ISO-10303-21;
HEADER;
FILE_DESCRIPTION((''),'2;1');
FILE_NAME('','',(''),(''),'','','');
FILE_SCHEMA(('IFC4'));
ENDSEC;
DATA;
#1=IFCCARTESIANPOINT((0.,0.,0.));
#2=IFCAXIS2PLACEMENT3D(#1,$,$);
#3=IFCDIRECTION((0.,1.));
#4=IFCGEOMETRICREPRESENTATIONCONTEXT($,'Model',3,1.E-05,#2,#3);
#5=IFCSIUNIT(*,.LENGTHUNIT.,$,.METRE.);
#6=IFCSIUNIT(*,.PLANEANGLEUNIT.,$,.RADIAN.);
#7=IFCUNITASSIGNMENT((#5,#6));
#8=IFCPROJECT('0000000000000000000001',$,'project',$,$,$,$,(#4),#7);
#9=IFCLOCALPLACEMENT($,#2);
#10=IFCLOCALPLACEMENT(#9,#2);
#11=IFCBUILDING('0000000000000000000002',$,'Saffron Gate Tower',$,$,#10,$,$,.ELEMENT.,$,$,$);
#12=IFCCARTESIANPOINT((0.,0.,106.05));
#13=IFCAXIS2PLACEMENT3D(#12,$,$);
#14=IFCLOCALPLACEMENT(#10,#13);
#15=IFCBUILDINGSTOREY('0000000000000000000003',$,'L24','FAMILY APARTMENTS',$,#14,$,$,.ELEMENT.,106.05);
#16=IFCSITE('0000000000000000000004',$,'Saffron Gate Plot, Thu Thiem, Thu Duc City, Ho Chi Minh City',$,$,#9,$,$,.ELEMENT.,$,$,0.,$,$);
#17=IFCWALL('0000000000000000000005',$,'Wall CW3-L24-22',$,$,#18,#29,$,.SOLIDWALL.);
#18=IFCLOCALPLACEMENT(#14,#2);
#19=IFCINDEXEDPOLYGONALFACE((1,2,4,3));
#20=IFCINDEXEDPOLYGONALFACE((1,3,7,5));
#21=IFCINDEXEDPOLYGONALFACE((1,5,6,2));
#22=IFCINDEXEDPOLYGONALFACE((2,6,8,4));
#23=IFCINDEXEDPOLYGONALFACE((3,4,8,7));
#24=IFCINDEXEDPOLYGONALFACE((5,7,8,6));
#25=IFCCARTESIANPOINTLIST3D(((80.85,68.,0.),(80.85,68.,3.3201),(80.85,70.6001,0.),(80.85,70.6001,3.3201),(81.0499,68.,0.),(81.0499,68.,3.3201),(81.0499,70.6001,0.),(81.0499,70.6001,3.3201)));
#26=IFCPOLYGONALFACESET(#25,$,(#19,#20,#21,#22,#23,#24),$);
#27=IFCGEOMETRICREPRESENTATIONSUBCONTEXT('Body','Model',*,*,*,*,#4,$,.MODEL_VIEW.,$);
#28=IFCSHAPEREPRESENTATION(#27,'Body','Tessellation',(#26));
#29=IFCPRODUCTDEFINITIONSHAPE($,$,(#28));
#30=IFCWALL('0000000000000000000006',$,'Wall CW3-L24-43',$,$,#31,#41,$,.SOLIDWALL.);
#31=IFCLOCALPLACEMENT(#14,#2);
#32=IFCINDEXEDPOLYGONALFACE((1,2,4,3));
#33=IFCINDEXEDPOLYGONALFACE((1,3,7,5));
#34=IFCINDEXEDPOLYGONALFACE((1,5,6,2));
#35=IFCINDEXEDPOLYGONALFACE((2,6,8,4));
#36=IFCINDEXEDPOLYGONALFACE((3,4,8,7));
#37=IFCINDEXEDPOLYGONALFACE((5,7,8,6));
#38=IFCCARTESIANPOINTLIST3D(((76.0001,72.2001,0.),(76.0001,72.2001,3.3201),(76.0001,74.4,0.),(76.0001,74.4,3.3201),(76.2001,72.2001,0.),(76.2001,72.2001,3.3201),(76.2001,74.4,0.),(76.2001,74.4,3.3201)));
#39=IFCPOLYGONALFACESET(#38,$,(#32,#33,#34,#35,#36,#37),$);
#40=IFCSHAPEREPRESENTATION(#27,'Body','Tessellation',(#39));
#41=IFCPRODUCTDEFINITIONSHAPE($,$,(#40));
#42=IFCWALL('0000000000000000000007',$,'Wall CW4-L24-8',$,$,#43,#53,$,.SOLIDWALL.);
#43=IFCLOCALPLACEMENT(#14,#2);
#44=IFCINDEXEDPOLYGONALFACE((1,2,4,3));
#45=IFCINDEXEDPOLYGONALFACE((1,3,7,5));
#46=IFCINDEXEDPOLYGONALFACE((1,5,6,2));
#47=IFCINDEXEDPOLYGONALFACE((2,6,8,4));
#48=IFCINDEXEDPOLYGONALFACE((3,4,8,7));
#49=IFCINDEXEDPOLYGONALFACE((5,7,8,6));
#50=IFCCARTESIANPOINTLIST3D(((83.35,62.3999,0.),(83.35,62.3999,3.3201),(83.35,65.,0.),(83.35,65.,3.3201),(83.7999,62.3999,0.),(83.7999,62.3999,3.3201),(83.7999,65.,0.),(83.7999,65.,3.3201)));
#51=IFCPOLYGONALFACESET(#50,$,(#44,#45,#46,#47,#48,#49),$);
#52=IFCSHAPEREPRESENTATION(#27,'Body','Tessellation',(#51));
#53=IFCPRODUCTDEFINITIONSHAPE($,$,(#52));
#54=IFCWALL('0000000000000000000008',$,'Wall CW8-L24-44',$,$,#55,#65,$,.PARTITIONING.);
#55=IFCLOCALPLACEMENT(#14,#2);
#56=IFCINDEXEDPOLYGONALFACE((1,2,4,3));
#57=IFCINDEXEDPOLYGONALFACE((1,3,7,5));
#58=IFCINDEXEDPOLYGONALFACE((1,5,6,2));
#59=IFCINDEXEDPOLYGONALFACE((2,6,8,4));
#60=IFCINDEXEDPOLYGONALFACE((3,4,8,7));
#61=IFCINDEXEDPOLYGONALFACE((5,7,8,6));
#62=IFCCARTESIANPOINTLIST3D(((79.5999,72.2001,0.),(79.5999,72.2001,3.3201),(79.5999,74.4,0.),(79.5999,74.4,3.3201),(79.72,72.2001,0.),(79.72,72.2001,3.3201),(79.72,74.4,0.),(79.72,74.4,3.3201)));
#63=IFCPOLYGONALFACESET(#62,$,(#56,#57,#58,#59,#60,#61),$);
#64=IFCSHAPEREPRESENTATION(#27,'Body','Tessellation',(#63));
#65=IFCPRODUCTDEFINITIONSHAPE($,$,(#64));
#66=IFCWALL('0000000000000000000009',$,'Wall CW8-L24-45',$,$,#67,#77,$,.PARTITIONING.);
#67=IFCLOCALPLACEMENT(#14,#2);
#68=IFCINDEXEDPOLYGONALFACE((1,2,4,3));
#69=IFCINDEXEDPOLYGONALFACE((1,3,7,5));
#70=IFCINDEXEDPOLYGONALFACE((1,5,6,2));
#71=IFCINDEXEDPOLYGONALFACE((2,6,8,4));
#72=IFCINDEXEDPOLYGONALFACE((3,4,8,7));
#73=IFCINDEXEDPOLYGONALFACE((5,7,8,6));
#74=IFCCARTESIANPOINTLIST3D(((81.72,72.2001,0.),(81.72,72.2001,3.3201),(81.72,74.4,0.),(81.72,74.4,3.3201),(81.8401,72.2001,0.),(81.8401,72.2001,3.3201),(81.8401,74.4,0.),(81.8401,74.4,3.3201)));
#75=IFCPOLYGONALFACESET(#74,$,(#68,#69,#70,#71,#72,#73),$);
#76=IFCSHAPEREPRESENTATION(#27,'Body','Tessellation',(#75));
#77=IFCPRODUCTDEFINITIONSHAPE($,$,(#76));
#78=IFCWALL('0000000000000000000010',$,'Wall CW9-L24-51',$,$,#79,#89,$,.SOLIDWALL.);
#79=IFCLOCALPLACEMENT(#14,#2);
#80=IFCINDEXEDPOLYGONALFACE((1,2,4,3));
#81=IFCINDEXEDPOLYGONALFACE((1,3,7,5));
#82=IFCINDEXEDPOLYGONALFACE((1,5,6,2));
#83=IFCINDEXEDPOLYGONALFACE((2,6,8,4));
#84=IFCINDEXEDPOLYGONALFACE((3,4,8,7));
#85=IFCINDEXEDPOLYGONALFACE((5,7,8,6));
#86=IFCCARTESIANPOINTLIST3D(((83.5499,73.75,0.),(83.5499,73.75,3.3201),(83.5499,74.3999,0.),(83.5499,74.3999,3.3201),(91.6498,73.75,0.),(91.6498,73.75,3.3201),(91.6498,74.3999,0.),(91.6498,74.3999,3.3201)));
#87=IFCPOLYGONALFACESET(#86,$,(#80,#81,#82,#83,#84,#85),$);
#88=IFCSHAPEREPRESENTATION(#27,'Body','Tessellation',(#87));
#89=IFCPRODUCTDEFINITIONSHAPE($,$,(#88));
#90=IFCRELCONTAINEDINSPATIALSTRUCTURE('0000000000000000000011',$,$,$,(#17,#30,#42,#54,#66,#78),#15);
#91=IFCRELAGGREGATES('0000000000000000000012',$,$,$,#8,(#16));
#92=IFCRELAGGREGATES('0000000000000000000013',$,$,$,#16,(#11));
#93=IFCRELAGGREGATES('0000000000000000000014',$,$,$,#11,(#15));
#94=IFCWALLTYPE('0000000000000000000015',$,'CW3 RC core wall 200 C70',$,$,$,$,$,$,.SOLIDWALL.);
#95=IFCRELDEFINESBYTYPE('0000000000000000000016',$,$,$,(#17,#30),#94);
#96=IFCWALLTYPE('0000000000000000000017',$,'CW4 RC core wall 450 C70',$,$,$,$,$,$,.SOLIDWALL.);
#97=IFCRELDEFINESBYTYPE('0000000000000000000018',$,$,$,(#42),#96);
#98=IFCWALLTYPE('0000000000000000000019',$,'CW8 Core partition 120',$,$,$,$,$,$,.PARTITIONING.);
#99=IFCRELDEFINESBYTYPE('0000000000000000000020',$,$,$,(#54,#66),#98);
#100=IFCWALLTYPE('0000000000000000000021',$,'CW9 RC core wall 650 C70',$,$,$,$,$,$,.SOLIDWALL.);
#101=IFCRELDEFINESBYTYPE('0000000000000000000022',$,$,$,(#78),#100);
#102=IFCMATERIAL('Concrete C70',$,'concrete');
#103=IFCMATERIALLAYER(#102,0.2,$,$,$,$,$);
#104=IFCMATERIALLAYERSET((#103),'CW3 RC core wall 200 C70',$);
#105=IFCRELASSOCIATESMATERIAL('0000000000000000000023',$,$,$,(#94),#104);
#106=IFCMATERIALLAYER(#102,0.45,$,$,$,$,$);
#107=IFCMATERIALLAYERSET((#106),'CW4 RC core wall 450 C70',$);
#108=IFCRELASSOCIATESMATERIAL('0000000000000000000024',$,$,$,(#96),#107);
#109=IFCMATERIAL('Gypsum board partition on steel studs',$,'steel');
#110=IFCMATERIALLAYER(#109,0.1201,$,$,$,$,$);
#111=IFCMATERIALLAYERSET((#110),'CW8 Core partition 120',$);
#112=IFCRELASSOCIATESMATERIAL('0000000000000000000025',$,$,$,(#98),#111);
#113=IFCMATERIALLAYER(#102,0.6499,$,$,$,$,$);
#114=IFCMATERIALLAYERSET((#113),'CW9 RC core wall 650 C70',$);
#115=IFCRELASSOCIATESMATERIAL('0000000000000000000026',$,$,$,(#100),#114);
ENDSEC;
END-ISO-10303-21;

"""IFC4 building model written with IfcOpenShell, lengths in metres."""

from ifc_helpers import new_model, si_unit, direction, frame, frame_2d, origin, place, context, subcontext, project, spatial, rectangle, extrude, material, layer, layer_set, type_object, element, save


model = new_model("IFC4")

# Units and contexts
model_context = context("Model", 3, precision=1e-05, world=origin(), true_north=direction((0.0, 1.0)))
body_context = subcontext(model_context, "Body", "Model", "MODEL_VIEW")
ifc_project = project(units=[si_unit("LENGTHUNIT", "METRE"), si_unit("PLANEANGLEUNIT", "RADIAN")], contexts=[model_context])

# Site, building, storey
site_placement = place(None, origin())
site = spatial("IfcSite", under=ifc_project, at=site_placement, Name="Saffron Gate Plot, Thu Thiem, Thu Duc City, Ho Chi Minh City", CompositionType="ELEMENT", RefElevation=0.0)
building_placement = place(site_placement, origin())
building = spatial("IfcBuilding", under=site, at=building_placement, Name="Saffron Gate Tower", CompositionType="ELEMENT")
storey_placement = place(building_placement, frame((0.0, 0.0, 106.05)))
storey = spatial("IfcBuildingStorey", under=building, at=storey_placement, Name="L24", Description="FAMILY APARTMENTS", CompositionType="ELEMENT", Elevation=106.05)

# Shared definitions
ifc_material_1 = material(Name="Concrete C70", Category="concrete")
ifc_layer_1 = layer(ifc_material_1, 0.2)
ifc_layer_set_1 = layer_set([ifc_layer_1], Name="CW3 RC core wall 200 C70")
wall_type_1 = type_object("IfcWallType", Name="CW3 RC core wall 200 C70", PredefinedType="SOLIDWALL", material=ifc_layer_set_1)

# Walls
for number, where, z_axis, x_axis, name in (
    (1, (80.95, 68.0, 0.0), (0.0, 0.0, 1.0), (0.0, 1.0, 0.0), "Wall CW3-L24-22"),
):
    element("IfcWall", number, at=place(storey_placement, frame(where, z_axis=z_axis, x_axis=x_axis)), inside=storey, type_object=wall_type_1, Name=name, PredefinedType="SOLIDWALL", context=body_context, shape_type="SweptSolid", body=[
        extrude(rectangle(XDim=2.6001, YDim=0.2, at=frame_2d((1.3, 0.0))), origin(), (0.0, 0.0, 1.0), 3.3201),
    ])
wall_1_placement = place(storey_placement, frame((76.1001, 72.2, 0.0), z_axis=(0.0, 0.0, 1.0), x_axis=(0.0, 1.0, 0.0)))
element("IfcWall", 2, at=wall_1_placement, inside=storey, type_object=wall_type_1, Name="Wall CW3-L24-43", PredefinedType="SOLIDWALL", context=body_context, shape_type="SweptSolid", body=[
    extrude(rectangle(XDim=2.2, YDim=0.2, at=frame_2d((1.1001, 0.0))), origin(), (0.0, 0.0, 1.0), 3.3201),
])
ifc_layer_2 = layer(ifc_material_1, 0.45)
ifc_layer_set_2 = layer_set([ifc_layer_2], Name="CW4 RC core wall 450 C70")
wall_type_2 = type_object("IfcWallType", Name="CW4 RC core wall 450 C70", PredefinedType="SOLIDWALL", material=ifc_layer_set_2)
wall_2_placement = place(storey_placement, frame((83.575, 62.3999, 0.0), z_axis=(0.0, 0.0, 1.0), x_axis=(0.0, 1.0, 0.0)))
element("IfcWall", 3, at=wall_2_placement, inside=storey, type_object=wall_type_2, Name="Wall CW4-L24-8", PredefinedType="SOLIDWALL", context=body_context, shape_type="SweptSolid", body=[
    extrude(rectangle(XDim=2.6001, YDim=0.45, at=frame_2d((1.3, 0.0))), origin(), (0.0, 0.0, 1.0), 3.3201),
])
ifc_material_2 = material(Name="Gypsum board partition on steel studs", Category="steel")
ifc_layer_3 = layer(ifc_material_2, 0.1201)
ifc_layer_set_3 = layer_set([ifc_layer_3], Name="CW8 Core partition 120")
wall_type_3 = type_object("IfcWallType", Name="CW8 Core partition 120", PredefinedType="PARTITIONING", material=ifc_layer_set_3)
for number, where, z_axis, x_axis, name in (
    (4, (79.6599, 72.2, 0.0), (0.0, 0.0, 1.0), (0.0, 1.0, 0.0), "Wall CW8-L24-44"),
    (5, (81.78, 72.2, 0.0), (0.0, 0.0, 1.0), (0.0, 1.0, 0.0), "Wall CW8-L24-45"),
):
    element("IfcWall", number, at=place(storey_placement, frame(where, z_axis=z_axis, x_axis=x_axis)), inside=storey, type_object=wall_type_3, Name=name, PredefinedType="PARTITIONING", context=body_context, shape_type="SweptSolid", body=[
        extrude(rectangle(XDim=2.2, YDim=0.1201, at=frame_2d((1.1001, 0.0))), origin(), (0.0, 0.0, 1.0), 3.3201),
    ])
ifc_layer_4 = layer(ifc_material_1, 0.6499)
ifc_layer_set_4 = layer_set([ifc_layer_4], Name="CW9 RC core wall 650 C70")
wall_type_4 = type_object("IfcWallType", Name="CW9 RC core wall 650 C70", PredefinedType="SOLIDWALL", material=ifc_layer_set_4)
wall_3_placement = place(storey_placement, frame((83.55, 74.075, 0.0), z_axis=(0.0, 0.0, 1.0), x_axis=(1.0, 0.0, 0.0)))
element("IfcWall", 6, at=wall_3_placement, inside=storey, type_object=wall_type_4, Name="Wall CW9-L24-51", PredefinedType="SOLIDWALL", context=body_context, shape_type="SweptSolid", body=[
    extrude(rectangle(XDim=8.0999, YDim=0.6499, at=frame_2d((4.0498, 0.0))), origin(), (0.0, 0.0, 1.0), 3.3201),
])

save(model, "model.ifc")
